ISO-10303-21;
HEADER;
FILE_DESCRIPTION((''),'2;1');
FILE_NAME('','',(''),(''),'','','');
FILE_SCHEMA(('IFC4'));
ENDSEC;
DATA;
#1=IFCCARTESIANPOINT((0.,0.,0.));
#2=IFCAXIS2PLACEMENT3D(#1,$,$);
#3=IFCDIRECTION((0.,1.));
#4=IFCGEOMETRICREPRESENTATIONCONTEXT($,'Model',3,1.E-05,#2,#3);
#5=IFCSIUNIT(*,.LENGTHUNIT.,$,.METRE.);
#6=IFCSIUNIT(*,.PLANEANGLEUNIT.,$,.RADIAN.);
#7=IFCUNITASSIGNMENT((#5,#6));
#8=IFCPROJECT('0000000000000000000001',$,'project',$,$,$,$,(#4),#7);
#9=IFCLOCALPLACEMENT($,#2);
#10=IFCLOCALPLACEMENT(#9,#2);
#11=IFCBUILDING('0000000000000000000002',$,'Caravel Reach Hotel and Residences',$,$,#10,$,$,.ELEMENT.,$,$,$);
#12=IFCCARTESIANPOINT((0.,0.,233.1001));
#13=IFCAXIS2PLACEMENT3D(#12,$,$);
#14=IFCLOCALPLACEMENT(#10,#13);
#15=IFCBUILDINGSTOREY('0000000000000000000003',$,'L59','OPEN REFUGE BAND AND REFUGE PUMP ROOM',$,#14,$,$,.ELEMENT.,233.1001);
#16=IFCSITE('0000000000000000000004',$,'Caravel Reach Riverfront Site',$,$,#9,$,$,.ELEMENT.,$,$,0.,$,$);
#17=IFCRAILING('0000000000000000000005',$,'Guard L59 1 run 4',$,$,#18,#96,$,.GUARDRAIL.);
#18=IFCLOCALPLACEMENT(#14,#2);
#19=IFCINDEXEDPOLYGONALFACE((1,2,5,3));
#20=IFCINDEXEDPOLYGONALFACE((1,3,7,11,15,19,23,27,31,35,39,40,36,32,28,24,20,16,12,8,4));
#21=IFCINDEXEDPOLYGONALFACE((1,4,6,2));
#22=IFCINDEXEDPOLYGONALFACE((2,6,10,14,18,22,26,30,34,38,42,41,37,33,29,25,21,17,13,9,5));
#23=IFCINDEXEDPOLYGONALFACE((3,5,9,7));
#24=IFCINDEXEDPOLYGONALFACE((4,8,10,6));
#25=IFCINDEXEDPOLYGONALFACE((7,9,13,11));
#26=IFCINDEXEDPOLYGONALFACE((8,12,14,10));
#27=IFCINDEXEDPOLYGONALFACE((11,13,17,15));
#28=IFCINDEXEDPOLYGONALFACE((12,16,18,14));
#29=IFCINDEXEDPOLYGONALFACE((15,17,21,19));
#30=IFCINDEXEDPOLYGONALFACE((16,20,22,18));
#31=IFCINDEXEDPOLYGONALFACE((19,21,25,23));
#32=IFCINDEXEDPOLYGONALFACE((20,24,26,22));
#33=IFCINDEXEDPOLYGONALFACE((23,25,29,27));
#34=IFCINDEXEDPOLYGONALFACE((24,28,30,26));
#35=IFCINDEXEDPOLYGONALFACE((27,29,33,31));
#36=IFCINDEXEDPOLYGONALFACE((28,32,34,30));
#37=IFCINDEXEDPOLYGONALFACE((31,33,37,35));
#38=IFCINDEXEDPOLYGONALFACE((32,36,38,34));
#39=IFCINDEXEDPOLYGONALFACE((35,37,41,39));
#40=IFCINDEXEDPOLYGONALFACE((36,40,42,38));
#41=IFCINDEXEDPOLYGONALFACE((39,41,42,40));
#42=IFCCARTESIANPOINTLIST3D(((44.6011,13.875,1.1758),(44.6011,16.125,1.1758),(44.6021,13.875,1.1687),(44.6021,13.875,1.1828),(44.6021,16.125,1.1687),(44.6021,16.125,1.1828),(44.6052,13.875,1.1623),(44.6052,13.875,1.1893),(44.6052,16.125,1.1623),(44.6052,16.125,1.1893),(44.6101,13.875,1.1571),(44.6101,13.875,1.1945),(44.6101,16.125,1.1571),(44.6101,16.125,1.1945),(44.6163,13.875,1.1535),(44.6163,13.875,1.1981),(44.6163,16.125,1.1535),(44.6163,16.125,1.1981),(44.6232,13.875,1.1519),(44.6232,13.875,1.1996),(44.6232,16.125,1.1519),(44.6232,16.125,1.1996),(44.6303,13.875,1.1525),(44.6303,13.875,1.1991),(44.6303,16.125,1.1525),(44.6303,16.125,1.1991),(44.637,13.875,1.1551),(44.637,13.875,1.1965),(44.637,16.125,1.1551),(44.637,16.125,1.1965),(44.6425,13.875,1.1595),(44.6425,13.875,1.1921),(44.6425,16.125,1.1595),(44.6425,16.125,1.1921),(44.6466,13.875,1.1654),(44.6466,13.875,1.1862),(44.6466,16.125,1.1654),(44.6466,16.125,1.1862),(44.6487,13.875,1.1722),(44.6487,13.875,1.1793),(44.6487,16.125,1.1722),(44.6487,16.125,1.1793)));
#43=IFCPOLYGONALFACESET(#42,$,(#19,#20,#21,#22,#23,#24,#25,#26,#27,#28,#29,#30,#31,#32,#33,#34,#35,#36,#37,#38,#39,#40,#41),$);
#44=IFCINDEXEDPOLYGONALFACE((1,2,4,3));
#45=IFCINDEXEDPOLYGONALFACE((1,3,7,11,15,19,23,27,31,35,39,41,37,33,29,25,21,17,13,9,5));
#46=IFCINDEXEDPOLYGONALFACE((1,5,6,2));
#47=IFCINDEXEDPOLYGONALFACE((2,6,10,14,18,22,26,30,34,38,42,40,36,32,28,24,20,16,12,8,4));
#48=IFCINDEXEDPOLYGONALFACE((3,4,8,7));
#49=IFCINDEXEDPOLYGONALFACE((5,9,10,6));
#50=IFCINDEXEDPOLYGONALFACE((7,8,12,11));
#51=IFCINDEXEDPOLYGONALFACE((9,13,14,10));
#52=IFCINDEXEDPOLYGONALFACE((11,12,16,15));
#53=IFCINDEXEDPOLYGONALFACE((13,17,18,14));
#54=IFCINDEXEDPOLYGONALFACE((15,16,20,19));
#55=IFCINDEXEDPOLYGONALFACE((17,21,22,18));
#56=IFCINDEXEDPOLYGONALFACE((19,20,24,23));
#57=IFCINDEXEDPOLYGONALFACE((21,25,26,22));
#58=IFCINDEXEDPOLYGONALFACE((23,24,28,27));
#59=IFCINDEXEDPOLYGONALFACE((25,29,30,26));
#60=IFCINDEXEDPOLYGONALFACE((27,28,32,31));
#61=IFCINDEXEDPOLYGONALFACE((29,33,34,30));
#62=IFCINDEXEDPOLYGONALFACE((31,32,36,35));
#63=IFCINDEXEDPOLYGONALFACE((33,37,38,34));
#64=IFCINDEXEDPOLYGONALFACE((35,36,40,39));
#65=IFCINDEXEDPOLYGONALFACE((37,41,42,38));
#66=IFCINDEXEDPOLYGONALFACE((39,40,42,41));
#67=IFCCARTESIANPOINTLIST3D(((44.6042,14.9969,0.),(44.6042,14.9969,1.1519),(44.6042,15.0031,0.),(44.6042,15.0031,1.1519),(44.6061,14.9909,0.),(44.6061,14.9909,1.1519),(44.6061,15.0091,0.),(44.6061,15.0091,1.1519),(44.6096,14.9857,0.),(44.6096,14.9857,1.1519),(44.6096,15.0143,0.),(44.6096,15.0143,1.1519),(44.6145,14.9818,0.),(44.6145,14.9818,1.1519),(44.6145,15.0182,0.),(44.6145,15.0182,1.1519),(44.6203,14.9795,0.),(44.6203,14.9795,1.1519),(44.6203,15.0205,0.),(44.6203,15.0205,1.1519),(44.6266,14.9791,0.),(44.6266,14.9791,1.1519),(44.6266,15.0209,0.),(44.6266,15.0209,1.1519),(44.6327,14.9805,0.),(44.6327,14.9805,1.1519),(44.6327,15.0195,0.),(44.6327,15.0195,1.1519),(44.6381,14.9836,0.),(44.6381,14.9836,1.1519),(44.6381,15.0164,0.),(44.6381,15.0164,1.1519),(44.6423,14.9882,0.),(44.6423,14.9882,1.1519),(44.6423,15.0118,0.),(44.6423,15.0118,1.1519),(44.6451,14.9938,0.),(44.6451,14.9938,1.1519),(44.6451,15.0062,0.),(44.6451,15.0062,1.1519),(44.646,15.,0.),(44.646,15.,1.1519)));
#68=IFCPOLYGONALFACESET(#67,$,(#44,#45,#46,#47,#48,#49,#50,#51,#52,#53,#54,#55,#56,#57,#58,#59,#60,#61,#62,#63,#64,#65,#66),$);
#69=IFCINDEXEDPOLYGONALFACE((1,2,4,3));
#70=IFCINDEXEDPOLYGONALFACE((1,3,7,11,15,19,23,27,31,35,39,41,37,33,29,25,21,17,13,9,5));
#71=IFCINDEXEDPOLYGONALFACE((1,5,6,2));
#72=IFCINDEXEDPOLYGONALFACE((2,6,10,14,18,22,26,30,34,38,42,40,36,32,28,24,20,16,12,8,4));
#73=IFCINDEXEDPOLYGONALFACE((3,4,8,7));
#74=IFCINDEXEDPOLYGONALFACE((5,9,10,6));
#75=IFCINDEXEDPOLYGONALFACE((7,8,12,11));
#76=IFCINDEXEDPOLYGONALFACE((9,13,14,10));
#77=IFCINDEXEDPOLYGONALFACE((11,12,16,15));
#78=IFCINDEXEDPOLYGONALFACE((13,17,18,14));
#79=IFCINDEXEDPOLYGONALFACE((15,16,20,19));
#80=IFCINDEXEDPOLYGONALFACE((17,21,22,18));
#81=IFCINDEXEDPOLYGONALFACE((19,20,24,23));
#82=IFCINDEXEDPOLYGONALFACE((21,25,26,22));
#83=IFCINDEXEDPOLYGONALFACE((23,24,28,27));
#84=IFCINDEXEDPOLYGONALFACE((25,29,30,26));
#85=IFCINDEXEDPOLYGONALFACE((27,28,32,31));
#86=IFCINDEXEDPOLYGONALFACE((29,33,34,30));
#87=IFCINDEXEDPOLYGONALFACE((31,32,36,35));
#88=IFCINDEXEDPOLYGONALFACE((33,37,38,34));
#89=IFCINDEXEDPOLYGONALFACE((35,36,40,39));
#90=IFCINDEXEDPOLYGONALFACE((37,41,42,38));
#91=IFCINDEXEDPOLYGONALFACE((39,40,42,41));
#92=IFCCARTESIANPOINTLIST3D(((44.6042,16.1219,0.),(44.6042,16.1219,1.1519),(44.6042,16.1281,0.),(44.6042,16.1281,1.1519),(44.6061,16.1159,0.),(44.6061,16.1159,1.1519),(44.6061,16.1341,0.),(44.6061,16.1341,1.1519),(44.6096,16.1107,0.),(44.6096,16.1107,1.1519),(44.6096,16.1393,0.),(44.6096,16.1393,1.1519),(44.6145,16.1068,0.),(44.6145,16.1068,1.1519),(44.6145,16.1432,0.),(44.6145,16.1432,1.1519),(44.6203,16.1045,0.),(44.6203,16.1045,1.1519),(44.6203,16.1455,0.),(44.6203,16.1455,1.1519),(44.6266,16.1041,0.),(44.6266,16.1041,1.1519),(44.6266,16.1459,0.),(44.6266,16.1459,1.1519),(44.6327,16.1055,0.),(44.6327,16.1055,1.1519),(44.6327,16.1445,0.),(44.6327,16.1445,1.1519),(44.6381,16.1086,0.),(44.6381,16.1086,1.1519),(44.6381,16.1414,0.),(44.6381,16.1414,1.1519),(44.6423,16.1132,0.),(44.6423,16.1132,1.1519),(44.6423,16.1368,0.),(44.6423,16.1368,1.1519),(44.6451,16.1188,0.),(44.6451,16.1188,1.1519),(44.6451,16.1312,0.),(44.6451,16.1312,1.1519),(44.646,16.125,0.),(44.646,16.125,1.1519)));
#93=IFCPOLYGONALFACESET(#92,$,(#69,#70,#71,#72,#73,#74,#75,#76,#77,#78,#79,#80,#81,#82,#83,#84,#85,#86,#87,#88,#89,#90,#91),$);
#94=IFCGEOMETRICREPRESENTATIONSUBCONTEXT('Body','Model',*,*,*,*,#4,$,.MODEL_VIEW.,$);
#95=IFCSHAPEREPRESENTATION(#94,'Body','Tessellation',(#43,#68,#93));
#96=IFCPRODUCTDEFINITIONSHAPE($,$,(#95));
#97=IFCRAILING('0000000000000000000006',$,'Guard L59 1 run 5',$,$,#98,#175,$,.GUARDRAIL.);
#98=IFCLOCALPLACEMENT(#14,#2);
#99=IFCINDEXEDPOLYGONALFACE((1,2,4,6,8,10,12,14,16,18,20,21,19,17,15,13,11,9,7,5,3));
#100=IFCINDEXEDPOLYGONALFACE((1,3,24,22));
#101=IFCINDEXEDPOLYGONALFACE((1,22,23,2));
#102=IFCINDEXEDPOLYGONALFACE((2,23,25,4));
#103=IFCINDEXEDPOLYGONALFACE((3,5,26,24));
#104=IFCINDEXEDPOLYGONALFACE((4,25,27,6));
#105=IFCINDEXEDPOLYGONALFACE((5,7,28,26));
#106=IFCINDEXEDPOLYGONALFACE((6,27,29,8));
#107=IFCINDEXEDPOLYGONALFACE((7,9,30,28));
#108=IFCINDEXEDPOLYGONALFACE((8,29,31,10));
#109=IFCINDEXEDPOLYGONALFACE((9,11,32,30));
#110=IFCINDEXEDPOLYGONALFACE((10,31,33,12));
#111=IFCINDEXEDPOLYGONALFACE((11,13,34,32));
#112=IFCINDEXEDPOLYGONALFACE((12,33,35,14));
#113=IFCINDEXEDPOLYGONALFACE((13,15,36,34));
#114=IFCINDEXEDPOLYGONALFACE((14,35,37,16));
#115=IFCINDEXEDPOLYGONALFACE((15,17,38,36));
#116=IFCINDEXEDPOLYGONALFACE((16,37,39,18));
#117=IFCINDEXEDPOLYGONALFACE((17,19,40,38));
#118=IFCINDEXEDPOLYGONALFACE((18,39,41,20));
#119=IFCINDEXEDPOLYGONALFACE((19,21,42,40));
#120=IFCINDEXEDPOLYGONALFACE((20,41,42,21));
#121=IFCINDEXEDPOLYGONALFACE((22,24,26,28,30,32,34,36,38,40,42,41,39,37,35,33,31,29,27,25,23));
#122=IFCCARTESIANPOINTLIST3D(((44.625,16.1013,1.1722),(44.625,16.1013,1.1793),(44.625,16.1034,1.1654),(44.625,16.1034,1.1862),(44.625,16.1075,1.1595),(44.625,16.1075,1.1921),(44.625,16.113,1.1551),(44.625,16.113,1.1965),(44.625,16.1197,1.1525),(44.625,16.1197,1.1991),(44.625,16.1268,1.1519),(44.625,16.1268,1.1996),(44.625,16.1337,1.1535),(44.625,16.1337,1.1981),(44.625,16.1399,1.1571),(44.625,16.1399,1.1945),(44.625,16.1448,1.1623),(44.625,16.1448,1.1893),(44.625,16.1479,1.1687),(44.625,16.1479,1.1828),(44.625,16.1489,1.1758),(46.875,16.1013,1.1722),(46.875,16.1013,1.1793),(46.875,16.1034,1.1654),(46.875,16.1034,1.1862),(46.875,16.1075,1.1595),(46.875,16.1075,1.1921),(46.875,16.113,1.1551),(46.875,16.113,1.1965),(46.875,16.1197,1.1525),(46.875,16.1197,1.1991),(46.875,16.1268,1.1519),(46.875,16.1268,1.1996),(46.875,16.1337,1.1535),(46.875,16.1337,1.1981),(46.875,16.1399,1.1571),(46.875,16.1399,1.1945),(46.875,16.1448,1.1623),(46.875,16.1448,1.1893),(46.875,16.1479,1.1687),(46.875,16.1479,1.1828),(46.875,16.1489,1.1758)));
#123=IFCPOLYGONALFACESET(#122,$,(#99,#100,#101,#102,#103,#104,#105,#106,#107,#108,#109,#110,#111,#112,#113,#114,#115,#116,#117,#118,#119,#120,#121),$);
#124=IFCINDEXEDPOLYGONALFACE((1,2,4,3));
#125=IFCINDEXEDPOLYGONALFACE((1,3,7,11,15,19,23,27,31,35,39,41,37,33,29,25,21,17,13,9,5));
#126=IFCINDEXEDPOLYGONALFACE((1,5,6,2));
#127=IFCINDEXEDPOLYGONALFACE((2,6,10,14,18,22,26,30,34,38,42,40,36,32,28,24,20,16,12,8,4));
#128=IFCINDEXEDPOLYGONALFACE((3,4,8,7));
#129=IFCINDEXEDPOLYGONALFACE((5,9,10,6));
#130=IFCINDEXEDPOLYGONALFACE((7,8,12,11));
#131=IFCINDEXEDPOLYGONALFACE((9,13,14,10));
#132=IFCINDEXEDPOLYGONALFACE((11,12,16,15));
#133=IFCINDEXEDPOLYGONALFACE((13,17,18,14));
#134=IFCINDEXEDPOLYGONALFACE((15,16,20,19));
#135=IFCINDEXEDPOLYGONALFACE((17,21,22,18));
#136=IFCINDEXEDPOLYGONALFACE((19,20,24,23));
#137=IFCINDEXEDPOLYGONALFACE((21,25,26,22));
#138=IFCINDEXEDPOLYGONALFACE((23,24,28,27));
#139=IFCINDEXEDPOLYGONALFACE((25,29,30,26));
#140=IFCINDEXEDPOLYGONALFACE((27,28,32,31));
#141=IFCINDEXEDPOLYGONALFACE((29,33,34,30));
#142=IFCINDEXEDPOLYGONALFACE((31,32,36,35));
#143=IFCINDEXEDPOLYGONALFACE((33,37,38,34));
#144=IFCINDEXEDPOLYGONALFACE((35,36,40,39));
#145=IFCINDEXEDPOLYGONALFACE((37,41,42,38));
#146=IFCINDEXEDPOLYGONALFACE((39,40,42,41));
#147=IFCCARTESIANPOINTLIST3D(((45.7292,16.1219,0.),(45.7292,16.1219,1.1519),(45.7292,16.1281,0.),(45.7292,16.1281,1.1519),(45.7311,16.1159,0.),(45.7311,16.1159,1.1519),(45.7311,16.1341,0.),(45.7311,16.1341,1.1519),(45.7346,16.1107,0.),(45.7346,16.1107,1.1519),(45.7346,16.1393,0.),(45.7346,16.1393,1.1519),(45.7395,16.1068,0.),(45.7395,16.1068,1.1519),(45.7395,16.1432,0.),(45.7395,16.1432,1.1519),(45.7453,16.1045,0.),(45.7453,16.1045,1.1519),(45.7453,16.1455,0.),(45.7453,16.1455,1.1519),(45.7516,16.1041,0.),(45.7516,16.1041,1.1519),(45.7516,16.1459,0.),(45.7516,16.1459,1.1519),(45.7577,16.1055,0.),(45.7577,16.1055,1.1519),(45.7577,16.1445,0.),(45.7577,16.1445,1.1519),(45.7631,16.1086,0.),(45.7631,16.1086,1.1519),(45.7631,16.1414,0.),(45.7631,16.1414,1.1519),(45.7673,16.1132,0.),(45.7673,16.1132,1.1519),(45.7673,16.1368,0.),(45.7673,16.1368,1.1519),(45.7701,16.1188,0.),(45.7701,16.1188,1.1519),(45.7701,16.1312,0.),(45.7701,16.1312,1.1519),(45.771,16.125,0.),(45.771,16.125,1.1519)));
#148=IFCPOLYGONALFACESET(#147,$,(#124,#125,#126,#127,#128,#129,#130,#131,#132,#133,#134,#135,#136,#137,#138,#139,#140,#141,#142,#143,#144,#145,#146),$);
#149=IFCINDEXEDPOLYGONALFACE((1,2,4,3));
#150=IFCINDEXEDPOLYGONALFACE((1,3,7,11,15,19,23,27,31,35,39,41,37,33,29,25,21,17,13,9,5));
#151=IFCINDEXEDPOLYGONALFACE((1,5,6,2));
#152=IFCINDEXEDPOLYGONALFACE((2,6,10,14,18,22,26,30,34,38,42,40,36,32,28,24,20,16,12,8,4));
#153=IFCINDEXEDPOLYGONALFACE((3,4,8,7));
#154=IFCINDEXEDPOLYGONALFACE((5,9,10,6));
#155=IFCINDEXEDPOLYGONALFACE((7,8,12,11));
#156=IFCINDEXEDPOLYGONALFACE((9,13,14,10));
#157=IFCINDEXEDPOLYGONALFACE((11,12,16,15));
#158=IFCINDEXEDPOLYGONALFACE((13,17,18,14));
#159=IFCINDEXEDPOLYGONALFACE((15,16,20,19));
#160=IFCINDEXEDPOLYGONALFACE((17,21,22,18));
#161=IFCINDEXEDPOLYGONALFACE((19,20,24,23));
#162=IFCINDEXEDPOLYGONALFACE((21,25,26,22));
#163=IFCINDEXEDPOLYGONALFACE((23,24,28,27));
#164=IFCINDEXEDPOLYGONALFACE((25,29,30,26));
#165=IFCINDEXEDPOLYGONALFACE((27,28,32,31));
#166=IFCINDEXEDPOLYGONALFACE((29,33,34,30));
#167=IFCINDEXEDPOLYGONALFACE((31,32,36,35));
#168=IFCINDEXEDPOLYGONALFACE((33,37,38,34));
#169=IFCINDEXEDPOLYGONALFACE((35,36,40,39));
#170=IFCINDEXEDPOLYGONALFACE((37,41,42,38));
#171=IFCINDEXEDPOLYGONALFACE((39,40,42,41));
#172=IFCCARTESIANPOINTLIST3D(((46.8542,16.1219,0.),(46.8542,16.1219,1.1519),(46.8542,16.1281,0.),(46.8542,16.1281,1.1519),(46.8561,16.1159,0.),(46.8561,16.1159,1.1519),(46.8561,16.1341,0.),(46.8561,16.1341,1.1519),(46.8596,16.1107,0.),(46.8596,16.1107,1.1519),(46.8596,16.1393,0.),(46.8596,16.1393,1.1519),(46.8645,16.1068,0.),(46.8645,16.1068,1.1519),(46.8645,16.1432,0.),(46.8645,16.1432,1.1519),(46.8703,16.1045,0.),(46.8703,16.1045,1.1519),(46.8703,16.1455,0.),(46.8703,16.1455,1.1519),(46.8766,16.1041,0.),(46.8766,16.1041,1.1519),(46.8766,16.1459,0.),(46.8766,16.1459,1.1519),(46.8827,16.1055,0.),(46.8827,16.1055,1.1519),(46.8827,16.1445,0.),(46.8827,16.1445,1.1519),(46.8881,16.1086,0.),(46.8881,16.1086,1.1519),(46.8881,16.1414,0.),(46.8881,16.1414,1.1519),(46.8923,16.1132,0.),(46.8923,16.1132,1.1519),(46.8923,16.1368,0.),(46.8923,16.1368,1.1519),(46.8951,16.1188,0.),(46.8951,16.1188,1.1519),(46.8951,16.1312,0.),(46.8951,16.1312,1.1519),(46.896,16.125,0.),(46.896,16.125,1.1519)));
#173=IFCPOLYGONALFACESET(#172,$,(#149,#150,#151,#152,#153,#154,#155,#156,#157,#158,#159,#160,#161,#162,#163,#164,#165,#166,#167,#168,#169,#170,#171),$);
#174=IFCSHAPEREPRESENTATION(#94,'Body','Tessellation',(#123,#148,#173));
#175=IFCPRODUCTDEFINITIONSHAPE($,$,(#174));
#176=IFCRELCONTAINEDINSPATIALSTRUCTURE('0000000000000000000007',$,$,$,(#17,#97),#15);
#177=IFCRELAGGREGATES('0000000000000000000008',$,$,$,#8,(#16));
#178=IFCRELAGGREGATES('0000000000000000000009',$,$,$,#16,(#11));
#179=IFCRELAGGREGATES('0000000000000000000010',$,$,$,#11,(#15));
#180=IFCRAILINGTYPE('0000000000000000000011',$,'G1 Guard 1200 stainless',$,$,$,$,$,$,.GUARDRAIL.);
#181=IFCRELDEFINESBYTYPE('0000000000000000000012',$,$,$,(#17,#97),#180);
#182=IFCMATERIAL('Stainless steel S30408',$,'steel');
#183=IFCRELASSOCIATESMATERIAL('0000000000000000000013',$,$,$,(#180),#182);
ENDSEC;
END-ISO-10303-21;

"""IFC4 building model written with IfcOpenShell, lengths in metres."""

from ifc_helpers import new_model, si_unit, direction, frame, origin, origin_2d, place, context, subcontext, project, spatial, circle, extrude, material, type_object, element, save


model = new_model("IFC4")

# Units and contexts
model_context = context("Model", 3, precision=1e-05, world=origin(), true_north=direction((0.0, 1.0)))
body_context = subcontext(model_context, "Body", "Model", "MODEL_VIEW")
ifc_project = project(units=[si_unit("LENGTHUNIT", "METRE"), si_unit("PLANEANGLEUNIT", "RADIAN")], contexts=[model_context])

# Site, building, storey
site_placement = place(None, origin())
site = spatial("IfcSite", under=ifc_project, at=site_placement, Name="Caravel Reach Riverfront Site", CompositionType="ELEMENT", RefElevation=0.0)
building_placement = place(site_placement, origin())
building = spatial("IfcBuilding", under=site, at=building_placement, Name="Caravel Reach Hotel and Residences", CompositionType="ELEMENT")
storey_placement = place(building_placement, frame((0.0, 0.0, 233.1001)))
storey = spatial("IfcBuildingStorey", under=building, at=storey_placement, Name="L59", Description="OPEN REFUGE BAND AND REFUGE PUMP ROOM", CompositionType="ELEMENT", Elevation=233.1001)

# Railings
ifc_material_1 = material(Name="Stainless steel S30408", Category="steel")
railing_type = type_object("IfcRailingType", Name="G1 Guard 1200 stainless", PredefinedType="GUARDRAIL", material=ifc_material_1)
railing_1_placement = place(storey_placement, frame((44.625, 13.875, 0.0)))
element("IfcRailing", 1, at=railing_1_placement, inside=storey, type_object=railing_type, Name="Guard L59 1 run 4", PredefinedType="GUARDRAIL", context=body_context, shape_type="SweptSolid", body=[
    extrude(circle(Radius=0.0239, at=origin_2d()), frame((0.0, 0.0, 1.1758), z_axis=(0.0, 1.0, 0.0), x_axis=(-1.0, 0.0, 0.0)), (0.0, 0.0, 1.0), 2.25),
    extrude(circle(Radius=0.021, at=origin_2d()), frame((0.0, 1.125, 0.0)), (0.0, 0.0, 1.0), 1.1519),
    extrude(circle(Radius=0.021, at=origin_2d()), frame((0.0, 2.25, 0.0)), (0.0, 0.0, 1.0), 1.1519),
])
railing_2_placement = place(storey_placement, frame((44.625, 16.125, 0.0)))
element("IfcRailing", 2, at=railing_2_placement, inside=storey, type_object=railing_type, Name="Guard L59 1 run 5", PredefinedType="GUARDRAIL", context=body_context, shape_type="SweptSolid", body=[
    extrude(circle(Radius=0.0239, at=origin_2d()), frame((0.0, 0.0, 1.1758), z_axis=(1.0, 0.0, 0.0), x_axis=(0.0, 1.0, 0.0)), (0.0, 0.0, 1.0), 2.25),
    extrude(circle(Radius=0.021, at=origin_2d()), frame((1.125, 0.0, 0.0)), (0.0, 0.0, 1.0), 1.1519),
    extrude(circle(Radius=0.021, at=origin_2d()), frame((2.25, 0.0, 0.0)), (0.0, 0.0, 1.0), 1.1519),
])

save(model, "model.ifc")
